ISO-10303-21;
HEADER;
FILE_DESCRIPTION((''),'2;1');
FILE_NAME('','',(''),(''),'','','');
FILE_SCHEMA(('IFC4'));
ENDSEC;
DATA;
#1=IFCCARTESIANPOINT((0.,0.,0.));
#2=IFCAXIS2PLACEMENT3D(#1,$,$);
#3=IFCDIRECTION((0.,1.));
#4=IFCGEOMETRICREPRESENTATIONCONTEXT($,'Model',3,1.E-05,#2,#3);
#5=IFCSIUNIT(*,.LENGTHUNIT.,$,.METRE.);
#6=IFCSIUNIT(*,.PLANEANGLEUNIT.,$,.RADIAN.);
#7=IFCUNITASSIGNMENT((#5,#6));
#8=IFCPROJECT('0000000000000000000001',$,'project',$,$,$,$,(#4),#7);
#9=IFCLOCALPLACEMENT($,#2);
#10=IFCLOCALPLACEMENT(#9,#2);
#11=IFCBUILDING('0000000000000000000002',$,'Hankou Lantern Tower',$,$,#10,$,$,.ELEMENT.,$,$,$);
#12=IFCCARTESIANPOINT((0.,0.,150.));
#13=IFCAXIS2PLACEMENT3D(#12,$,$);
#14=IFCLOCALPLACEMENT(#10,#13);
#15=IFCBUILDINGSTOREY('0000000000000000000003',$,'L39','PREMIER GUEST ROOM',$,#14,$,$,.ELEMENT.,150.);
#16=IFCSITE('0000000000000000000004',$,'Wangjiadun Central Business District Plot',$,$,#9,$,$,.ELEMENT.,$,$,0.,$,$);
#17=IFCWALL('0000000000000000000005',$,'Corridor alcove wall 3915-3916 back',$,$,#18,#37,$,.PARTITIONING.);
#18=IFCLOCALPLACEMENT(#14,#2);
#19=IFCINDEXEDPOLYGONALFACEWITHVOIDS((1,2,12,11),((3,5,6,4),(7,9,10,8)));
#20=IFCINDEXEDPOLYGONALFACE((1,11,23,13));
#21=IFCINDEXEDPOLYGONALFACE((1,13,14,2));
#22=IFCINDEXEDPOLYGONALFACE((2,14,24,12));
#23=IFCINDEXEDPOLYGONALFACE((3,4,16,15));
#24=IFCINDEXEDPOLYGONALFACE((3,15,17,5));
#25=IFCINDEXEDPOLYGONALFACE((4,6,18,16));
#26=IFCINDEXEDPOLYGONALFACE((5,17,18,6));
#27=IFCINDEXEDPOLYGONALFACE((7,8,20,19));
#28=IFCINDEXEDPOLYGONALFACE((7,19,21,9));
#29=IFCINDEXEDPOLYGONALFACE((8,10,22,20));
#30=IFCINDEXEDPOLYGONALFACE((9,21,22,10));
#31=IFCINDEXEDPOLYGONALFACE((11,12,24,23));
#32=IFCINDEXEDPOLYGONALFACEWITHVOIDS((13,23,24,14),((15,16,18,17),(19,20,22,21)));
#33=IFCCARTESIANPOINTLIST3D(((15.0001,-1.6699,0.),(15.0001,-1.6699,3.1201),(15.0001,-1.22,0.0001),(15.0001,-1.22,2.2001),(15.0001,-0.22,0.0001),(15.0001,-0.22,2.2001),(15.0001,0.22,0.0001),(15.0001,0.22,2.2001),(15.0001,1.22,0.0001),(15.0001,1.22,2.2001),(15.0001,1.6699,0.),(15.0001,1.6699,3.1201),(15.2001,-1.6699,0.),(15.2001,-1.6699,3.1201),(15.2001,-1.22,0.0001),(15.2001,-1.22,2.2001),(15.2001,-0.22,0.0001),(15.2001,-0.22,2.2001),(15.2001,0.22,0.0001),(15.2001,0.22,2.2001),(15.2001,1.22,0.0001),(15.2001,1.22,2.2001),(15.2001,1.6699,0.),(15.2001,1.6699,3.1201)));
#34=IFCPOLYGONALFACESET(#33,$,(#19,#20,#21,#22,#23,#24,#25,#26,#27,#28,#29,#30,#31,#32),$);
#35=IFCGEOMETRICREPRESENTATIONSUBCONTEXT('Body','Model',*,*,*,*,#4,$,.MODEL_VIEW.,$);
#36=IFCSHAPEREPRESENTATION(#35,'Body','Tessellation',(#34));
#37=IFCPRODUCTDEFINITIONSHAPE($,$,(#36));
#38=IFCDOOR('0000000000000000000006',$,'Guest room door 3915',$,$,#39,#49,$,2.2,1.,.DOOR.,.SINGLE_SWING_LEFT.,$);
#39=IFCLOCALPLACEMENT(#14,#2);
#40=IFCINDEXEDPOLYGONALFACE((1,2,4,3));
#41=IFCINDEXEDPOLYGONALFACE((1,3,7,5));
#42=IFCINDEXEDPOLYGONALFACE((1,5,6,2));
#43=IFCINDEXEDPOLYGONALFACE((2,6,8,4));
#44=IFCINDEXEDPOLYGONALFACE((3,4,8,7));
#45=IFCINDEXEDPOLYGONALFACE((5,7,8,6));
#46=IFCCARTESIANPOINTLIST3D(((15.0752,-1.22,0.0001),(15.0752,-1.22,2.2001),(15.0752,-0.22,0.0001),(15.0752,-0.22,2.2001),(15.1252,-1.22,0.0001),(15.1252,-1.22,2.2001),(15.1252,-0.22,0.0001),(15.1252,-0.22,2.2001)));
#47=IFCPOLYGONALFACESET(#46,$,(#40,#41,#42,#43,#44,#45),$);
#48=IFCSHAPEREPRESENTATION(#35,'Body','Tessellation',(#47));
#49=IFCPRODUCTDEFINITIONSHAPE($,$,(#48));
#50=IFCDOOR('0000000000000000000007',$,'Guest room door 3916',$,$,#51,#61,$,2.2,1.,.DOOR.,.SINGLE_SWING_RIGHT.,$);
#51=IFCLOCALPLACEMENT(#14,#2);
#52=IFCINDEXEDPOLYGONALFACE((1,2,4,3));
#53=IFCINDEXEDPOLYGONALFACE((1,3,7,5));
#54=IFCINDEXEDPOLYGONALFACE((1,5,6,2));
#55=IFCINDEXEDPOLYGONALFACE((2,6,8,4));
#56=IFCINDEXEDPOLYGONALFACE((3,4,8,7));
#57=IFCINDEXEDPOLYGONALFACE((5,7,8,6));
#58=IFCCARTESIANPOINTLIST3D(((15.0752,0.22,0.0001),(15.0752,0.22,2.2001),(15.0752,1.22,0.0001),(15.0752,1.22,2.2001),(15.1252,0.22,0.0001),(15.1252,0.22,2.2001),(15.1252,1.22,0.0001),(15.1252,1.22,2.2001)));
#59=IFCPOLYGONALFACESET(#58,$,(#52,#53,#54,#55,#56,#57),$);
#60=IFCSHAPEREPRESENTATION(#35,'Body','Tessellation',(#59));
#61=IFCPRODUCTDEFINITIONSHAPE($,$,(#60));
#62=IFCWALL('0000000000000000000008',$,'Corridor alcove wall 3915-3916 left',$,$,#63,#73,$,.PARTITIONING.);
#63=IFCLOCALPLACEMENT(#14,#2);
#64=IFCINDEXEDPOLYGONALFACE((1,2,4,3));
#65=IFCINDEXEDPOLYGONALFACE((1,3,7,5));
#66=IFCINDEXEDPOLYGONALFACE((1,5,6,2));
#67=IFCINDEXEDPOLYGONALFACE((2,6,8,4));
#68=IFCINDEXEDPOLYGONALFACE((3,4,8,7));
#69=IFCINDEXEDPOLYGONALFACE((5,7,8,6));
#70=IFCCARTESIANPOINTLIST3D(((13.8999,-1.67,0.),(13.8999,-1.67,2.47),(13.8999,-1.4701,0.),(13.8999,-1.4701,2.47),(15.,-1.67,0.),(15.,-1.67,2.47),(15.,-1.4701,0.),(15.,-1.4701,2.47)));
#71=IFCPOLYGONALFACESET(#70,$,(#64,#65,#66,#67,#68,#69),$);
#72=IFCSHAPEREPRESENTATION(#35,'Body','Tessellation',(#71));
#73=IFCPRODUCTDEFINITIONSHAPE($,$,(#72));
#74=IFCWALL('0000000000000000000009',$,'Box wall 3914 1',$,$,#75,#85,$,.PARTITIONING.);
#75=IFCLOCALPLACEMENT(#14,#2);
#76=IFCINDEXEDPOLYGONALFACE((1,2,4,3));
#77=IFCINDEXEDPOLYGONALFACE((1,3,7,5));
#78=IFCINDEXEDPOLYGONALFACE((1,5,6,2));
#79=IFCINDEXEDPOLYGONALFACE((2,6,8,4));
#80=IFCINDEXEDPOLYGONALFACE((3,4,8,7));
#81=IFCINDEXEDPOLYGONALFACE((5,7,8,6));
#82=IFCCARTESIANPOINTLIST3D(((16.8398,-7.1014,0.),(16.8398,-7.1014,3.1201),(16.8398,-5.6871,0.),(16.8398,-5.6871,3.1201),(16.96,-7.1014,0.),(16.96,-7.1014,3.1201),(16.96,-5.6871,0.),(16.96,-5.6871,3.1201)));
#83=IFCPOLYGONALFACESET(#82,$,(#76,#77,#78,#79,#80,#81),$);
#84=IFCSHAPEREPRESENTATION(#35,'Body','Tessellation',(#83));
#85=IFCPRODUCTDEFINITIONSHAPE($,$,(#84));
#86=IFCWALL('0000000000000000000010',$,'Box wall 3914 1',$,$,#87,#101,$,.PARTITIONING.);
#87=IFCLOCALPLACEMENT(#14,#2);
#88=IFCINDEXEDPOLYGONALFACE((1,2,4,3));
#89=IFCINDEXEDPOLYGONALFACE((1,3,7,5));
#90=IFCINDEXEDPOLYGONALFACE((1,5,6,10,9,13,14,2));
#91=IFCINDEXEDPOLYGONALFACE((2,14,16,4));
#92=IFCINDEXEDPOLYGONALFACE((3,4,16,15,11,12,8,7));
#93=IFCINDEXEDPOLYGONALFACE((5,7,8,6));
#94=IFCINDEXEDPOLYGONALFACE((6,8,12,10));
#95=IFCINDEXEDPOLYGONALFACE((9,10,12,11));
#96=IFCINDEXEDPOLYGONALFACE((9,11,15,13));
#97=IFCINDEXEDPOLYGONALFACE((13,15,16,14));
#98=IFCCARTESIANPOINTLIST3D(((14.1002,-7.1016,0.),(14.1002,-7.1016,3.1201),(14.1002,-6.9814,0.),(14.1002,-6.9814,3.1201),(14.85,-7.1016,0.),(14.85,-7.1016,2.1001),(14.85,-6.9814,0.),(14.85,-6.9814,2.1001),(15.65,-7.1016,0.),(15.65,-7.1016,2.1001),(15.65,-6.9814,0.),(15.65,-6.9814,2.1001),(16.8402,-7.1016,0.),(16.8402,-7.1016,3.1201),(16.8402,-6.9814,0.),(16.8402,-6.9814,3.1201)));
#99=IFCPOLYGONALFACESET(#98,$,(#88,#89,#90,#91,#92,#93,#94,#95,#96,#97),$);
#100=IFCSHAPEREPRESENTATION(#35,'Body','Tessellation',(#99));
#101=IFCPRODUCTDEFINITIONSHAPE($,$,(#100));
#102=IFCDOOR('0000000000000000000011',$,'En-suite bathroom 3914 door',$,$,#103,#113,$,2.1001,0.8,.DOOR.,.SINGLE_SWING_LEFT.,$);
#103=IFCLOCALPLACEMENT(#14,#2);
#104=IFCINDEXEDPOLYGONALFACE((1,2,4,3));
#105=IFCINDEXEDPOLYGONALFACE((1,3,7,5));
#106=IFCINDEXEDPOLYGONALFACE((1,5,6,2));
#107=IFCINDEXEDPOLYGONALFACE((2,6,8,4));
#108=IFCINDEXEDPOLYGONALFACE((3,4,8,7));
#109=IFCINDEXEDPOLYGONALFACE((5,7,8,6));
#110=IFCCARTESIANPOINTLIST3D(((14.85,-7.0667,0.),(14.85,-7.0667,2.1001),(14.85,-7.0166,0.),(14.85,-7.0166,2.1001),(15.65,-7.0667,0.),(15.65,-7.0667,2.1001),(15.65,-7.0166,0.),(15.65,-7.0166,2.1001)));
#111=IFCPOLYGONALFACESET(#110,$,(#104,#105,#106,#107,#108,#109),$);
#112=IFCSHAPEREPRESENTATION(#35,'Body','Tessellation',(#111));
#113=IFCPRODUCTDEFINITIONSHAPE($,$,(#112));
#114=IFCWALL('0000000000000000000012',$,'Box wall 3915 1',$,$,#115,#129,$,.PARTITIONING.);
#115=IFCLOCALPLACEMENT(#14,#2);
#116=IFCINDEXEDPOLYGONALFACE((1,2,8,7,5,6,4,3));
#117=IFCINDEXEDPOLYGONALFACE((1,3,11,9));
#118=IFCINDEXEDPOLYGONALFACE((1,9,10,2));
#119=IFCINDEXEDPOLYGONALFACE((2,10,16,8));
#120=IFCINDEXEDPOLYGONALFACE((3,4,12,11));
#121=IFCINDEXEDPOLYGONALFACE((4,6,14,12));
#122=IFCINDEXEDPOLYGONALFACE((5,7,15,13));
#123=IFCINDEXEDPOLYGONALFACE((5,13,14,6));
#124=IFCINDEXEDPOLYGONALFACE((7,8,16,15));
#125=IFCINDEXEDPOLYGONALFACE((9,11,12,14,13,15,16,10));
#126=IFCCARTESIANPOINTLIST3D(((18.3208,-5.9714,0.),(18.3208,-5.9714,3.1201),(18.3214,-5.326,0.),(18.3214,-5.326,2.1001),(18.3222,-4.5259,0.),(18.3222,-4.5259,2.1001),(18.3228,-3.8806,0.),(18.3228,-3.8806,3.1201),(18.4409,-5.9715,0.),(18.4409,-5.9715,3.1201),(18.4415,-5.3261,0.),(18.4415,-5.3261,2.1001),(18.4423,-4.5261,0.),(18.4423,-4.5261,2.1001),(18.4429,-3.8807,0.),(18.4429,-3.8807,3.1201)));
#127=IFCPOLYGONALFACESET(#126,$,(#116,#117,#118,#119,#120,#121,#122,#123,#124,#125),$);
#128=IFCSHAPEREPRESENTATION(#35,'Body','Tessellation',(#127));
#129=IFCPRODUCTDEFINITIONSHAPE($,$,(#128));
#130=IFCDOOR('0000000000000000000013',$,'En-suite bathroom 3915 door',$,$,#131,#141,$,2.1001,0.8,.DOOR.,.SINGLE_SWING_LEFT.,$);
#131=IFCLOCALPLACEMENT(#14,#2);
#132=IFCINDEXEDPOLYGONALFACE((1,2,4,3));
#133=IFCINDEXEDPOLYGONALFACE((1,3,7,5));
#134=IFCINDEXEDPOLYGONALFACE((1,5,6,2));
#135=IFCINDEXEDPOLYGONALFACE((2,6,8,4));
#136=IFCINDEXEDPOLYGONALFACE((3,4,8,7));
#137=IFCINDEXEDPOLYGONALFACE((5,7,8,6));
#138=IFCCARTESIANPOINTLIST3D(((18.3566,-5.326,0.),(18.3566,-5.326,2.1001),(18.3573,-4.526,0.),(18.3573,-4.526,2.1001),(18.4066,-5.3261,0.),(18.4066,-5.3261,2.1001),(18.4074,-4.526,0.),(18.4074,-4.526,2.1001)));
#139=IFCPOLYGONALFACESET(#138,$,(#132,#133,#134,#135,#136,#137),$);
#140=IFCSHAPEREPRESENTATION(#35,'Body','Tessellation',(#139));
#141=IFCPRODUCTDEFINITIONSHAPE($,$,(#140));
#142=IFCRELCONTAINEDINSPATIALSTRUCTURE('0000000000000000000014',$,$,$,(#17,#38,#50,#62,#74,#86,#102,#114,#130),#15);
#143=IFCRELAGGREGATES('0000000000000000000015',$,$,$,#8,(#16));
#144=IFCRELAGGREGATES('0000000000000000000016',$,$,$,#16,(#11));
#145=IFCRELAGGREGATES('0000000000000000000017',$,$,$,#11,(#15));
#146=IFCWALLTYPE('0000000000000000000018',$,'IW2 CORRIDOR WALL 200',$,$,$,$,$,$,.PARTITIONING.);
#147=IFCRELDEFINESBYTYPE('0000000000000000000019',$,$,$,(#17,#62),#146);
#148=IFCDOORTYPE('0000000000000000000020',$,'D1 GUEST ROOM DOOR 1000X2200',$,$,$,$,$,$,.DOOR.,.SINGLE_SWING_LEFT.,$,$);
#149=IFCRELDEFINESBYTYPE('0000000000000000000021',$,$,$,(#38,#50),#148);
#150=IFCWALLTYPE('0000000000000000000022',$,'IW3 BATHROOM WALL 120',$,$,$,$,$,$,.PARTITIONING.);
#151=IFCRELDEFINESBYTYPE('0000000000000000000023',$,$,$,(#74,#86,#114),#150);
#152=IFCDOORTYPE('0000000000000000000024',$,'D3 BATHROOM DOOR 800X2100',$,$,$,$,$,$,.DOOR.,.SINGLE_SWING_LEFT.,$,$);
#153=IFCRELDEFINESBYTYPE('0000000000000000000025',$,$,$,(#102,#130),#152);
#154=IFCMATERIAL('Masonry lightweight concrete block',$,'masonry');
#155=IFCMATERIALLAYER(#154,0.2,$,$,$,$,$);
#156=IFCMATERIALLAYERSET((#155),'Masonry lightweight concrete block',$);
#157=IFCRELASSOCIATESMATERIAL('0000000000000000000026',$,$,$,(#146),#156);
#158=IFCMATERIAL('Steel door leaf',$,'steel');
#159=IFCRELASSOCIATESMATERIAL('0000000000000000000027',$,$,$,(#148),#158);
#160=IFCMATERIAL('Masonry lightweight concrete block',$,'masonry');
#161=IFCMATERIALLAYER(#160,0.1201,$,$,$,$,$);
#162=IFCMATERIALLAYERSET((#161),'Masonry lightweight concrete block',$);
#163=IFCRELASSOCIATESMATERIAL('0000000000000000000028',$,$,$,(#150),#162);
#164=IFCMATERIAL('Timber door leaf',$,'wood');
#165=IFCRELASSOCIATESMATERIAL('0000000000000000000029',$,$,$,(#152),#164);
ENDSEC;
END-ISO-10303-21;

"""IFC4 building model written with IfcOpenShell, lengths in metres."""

from ifc_helpers import new_model, si_unit, direction, frame, frame_2d, origin, place, context, subcontext, project, spatial, rectangle, extrude, material, layer, layer_set, type_object, element, fill, save


model = new_model("IFC4")

# Units and contexts
model_context = context("Model", 3, precision=1e-05, world=origin(), true_north=direction((0.0, 1.0)))
body_context = subcontext(model_context, "Body", "Model", "MODEL_VIEW")
ifc_project = project(units=[si_unit("LENGTHUNIT", "METRE"), si_unit("PLANEANGLEUNIT", "RADIAN")], contexts=[model_context])

# Site, building, storey
site_placement = place(None, origin())
site = spatial("IfcSite", under=ifc_project, at=site_placement, Name="Wangjiadun Central Business District Plot", CompositionType="ELEMENT", RefElevation=0.0)
building_placement = place(site_placement, origin())
building = spatial("IfcBuilding", under=site, at=building_placement, Name="Hankou Lantern Tower", CompositionType="ELEMENT")
storey_placement = place(building_placement, frame((0.0, 0.0, 150.0)))
storey = spatial("IfcBuildingStorey", under=building, at=storey_placement, Name="L39", Description="PREMIER GUEST ROOM", CompositionType="ELEMENT", Elevation=150.0)

# Wall, openings, doors
ifc_material_1 = material(Name="Masonry lightweight concrete block", Category="masonry")
ifc_layer_1 = layer(ifc_material_1, 0.2)
ifc_layer_set_1 = layer_set([ifc_layer_1], Name="Masonry lightweight concrete block")
wall_type_1 = type_object("IfcWallType", Name="IW2 CORRIDOR WALL 200", PredefinedType="PARTITIONING", material=ifc_layer_set_1)
wall_1_placement = place(storey_placement, frame((15.1001, -1.6699, 0.0), z_axis=(0.0, 0.0, 1.0), x_axis=(0.0, 1.0, 0.0)))
wall_1 = element("IfcWall", 1, at=wall_1_placement, inside=storey, type_object=wall_type_1, Name="Corridor alcove wall 3915-3916 back", PredefinedType="PARTITIONING", context=body_context, shape_type="SweptSolid", body=[
    extrude(rectangle(XDim=3.3398, YDim=0.2, at=frame_2d((1.6699, 0.0))), origin(), (0.0, 0.0, 1.0), 3.1201),
])
opening_1_placement = place(wall_1_placement, frame((0.45, 0.0, 0.0)))
opening_1 = element("IfcOpeningElement", 2, at=opening_1_placement, cuts=wall_1, PredefinedType="OPENING", context=body_context, shape_type="SweptSolid", body=[
    extrude(rectangle(XDim=1.0, YDim=2.2, at=frame_2d((0.5, 1.1001))), frame((0.0, 0.1099, 0.0), z_axis=(0.0, -1.0, 0.0), x_axis=(1.0, 0.0, 0.0)), (0.0, 0.0, 1.0), 0.22),
])
opening_2_placement = place(wall_1_placement, frame((1.8899, 0.0, 0.0)))
opening_2 = element("IfcOpeningElement", 3, at=opening_2_placement, cuts=wall_1, PredefinedType="OPENING", context=body_context, shape_type="SweptSolid", body=[
    extrude(rectangle(XDim=1.0, YDim=2.2, at=frame_2d((0.5, 1.1001))), frame((0.0, 0.1099, 0.0), z_axis=(0.0, -1.0, 0.0), x_axis=(1.0, 0.0, 0.0)), (0.0, 0.0, 1.0), 0.22),
])
ifc_material_2 = material(Name="Steel door leaf", Category="steel")
door_type_1 = type_object("IfcDoorType", Name="D1 GUEST ROOM DOOR 1000X2200", OperationType="SINGLE_SWING_LEFT", PredefinedType="DOOR", material=ifc_material_2)
door_1_placement = place(opening_1_placement, origin())
door_1 = element("IfcDoor", 4, at=door_1_placement, inside=storey, type_object=door_type_1, Name="Guest room door 3915", OperationType="SINGLE_SWING_LEFT", OverallHeight=2.2, OverallWidth=1.0, PredefinedType="DOOR", context=body_context, shape_type="SweptSolid", body=[
    extrude(rectangle(XDim=1.0, YDim=2.2, at=frame_2d((0.5, 1.1001))), frame((0.0, 0.0249, 0.0), z_axis=(0.0, -1.0, 0.0), x_axis=(1.0, 0.0, 0.0)), (0.0, 0.0, 1.0), 0.05),
])
fill(opening_1, door_1)
door_2_placement = place(opening_2_placement, origin())
door_2 = element("IfcDoor", 5, at=door_2_placement, inside=storey, type_object=door_type_1, Name="Guest room door 3916", OperationType="SINGLE_SWING_RIGHT", OverallHeight=2.2, OverallWidth=1.0, PredefinedType="DOOR", context=body_context, shape_type="SweptSolid", body=[
    extrude(rectangle(XDim=1.0, YDim=2.2, at=frame_2d((0.5, 1.1001))), frame((0.0, 0.0249, 0.0), z_axis=(0.0, -1.0, 0.0), x_axis=(1.0, 0.0, 0.0)), (0.0, 0.0, 1.0), 0.05),
])
fill(opening_2, door_2)

# Walls
wall_2_placement = place(storey_placement, frame((13.8999, -1.5701, 0.0), z_axis=(0.0, 0.0, 1.0), x_axis=(1.0, 0.0, 0.0)))
element("IfcWall", 6, at=wall_2_placement, inside=storey, type_object=wall_type_1, Name="Corridor alcove wall 3915-3916 left", PredefinedType="PARTITIONING", context=body_context, shape_type="SweptSolid", body=[
    extrude(rectangle(XDim=1.1001, YDim=0.2, at=frame_2d((0.55, 0.0))), origin(), (0.0, 0.0, 1.0), 2.47),
])
ifc_material_3 = material(Name="Masonry lightweight concrete block", Category="masonry")
ifc_layer_2 = layer(ifc_material_3, 0.1201)
ifc_layer_set_2 = layer_set([ifc_layer_2], Name="Masonry lightweight concrete block")
wall_type_2 = type_object("IfcWallType", Name="IW3 BATHROOM WALL 120", PredefinedType="PARTITIONING", material=ifc_layer_set_2)
wall_3_placement = place(storey_placement, frame((16.8999, -5.6873, 0.0), z_axis=(0.0, 0.0, 1.0), x_axis=(0.0, -1.0, 0.0)))
element("IfcWall", 7, at=wall_3_placement, inside=storey, type_object=wall_type_2, Name="Box wall 3914 1", PredefinedType="PARTITIONING", context=body_context, shape_type="SweptSolid", body=[
    extrude(rectangle(XDim=1.4143, YDim=0.1201, at=frame_2d((0.707, 0.0))), origin(), (0.0, 0.0, 1.0), 3.1201),
])

# Walls, openings, doors
wall_4_placement = place(storey_placement, frame((14.1001, -7.0415, 0.0), z_axis=(0.0, 0.0, 1.0), x_axis=(1.0, 0.0, 0.0)))
wall_4 = element("IfcWall", 8, at=wall_4_placement, inside=storey, type_object=wall_type_2, Name="Box wall 3914 1", PredefinedType="PARTITIONING", context=body_context, shape_type="SweptSolid", body=[
    extrude(rectangle(XDim=2.74, YDim=0.1201, at=frame_2d((1.3701, 0.0))), origin(), (0.0, 0.0, 1.0), 3.1201),
])
opening_3_placement = place(wall_4_placement, frame((0.75, 0.0, 0.0)))
opening_3 = element("IfcOpeningElement", 9, at=opening_3_placement, cuts=wall_4, PredefinedType="OPENING", context=body_context, shape_type="SweptSolid", body=[
    extrude(rectangle(XDim=0.8, YDim=2.1001, at=frame_2d((0.3999, 1.05))), frame((0.0, 0.0701, 0.0), z_axis=(0.0, -1.0, 0.0), x_axis=(1.0, 0.0, 0.0)), (0.0, 0.0, 1.0), 0.1401),
])
ifc_material_4 = material(Name="Timber door leaf", Category="wood")
door_type_2 = type_object("IfcDoorType", Name="D3 BATHROOM DOOR 800X2100", OperationType="SINGLE_SWING_LEFT", PredefinedType="DOOR", material=ifc_material_4)
door_3_placement = place(opening_3_placement, origin())
door_3 = element("IfcDoor", 10, at=door_3_placement, inside=storey, type_object=door_type_2, Name="En-suite bathroom 3914 door", OperationType="SINGLE_SWING_LEFT", OverallHeight=2.1001, OverallWidth=0.8, PredefinedType="DOOR", context=body_context, shape_type="SweptSolid", body=[
    extrude(rectangle(XDim=0.8, YDim=2.1001, at=frame_2d((0.3999, 1.05))), frame((0.0, 0.0249, 0.0), z_axis=(0.0, -1.0, 0.0), x_axis=(1.0, 0.0, 0.0)), (0.0, 0.0, 1.0), 0.05),
])
fill(opening_3, door_3)
wall_5_placement = place(storey_placement, frame((18.3809, -5.9714, 0.0), z_axis=(0.0, 0.0, 1.0), x_axis=(0.000934, 1.0, 0.0)))
wall_5 = element("IfcWall", 11, at=wall_5_placement, inside=storey, type_object=wall_type_2, Name="Box wall 3915 1", PredefinedType="PARTITIONING", context=body_context, shape_type="SweptSolid", body=[
    extrude(rectangle(XDim=2.0908, YDim=0.1201, at=frame_2d((1.0454, 0.0))), origin(), (0.0, 0.0, 1.0), 3.1201),
])
opening_4_placement = place(wall_5_placement, frame((0.6455, 0.0, 0.0)))
opening_4 = element("IfcOpeningElement", 12, at=opening_4_placement, cuts=wall_5, PredefinedType="OPENING", context=body_context, shape_type="SweptSolid", body=[
    extrude(rectangle(XDim=0.8, YDim=2.1001, at=frame_2d((0.3999, 1.05))), frame((0.0, 0.0701, 0.0), z_axis=(0.0, -1.0, 0.0), x_axis=(1.0, 0.0, 0.0)), (0.0, 0.0, 1.0), 0.1401),
])
door_4_placement = place(opening_4_placement, origin())
door_4 = element("IfcDoor", 13, at=door_4_placement, inside=storey, type_object=door_type_2, Name="En-suite bathroom 3915 door", OperationType="SINGLE_SWING_LEFT", OverallHeight=2.1001, OverallWidth=0.8, PredefinedType="DOOR", context=body_context, shape_type="SweptSolid", body=[
    extrude(rectangle(XDim=0.8, YDim=2.1001, at=frame_2d((0.3999, 1.05))), frame((0.0, 0.0249, 0.0), z_axis=(0.0, -1.0, 0.0), x_axis=(1.0, 0.0, 0.0)), (0.0, 0.0, 1.0), 0.05),
])
fill(opening_4, door_4)

save(model, "model.ifc")
